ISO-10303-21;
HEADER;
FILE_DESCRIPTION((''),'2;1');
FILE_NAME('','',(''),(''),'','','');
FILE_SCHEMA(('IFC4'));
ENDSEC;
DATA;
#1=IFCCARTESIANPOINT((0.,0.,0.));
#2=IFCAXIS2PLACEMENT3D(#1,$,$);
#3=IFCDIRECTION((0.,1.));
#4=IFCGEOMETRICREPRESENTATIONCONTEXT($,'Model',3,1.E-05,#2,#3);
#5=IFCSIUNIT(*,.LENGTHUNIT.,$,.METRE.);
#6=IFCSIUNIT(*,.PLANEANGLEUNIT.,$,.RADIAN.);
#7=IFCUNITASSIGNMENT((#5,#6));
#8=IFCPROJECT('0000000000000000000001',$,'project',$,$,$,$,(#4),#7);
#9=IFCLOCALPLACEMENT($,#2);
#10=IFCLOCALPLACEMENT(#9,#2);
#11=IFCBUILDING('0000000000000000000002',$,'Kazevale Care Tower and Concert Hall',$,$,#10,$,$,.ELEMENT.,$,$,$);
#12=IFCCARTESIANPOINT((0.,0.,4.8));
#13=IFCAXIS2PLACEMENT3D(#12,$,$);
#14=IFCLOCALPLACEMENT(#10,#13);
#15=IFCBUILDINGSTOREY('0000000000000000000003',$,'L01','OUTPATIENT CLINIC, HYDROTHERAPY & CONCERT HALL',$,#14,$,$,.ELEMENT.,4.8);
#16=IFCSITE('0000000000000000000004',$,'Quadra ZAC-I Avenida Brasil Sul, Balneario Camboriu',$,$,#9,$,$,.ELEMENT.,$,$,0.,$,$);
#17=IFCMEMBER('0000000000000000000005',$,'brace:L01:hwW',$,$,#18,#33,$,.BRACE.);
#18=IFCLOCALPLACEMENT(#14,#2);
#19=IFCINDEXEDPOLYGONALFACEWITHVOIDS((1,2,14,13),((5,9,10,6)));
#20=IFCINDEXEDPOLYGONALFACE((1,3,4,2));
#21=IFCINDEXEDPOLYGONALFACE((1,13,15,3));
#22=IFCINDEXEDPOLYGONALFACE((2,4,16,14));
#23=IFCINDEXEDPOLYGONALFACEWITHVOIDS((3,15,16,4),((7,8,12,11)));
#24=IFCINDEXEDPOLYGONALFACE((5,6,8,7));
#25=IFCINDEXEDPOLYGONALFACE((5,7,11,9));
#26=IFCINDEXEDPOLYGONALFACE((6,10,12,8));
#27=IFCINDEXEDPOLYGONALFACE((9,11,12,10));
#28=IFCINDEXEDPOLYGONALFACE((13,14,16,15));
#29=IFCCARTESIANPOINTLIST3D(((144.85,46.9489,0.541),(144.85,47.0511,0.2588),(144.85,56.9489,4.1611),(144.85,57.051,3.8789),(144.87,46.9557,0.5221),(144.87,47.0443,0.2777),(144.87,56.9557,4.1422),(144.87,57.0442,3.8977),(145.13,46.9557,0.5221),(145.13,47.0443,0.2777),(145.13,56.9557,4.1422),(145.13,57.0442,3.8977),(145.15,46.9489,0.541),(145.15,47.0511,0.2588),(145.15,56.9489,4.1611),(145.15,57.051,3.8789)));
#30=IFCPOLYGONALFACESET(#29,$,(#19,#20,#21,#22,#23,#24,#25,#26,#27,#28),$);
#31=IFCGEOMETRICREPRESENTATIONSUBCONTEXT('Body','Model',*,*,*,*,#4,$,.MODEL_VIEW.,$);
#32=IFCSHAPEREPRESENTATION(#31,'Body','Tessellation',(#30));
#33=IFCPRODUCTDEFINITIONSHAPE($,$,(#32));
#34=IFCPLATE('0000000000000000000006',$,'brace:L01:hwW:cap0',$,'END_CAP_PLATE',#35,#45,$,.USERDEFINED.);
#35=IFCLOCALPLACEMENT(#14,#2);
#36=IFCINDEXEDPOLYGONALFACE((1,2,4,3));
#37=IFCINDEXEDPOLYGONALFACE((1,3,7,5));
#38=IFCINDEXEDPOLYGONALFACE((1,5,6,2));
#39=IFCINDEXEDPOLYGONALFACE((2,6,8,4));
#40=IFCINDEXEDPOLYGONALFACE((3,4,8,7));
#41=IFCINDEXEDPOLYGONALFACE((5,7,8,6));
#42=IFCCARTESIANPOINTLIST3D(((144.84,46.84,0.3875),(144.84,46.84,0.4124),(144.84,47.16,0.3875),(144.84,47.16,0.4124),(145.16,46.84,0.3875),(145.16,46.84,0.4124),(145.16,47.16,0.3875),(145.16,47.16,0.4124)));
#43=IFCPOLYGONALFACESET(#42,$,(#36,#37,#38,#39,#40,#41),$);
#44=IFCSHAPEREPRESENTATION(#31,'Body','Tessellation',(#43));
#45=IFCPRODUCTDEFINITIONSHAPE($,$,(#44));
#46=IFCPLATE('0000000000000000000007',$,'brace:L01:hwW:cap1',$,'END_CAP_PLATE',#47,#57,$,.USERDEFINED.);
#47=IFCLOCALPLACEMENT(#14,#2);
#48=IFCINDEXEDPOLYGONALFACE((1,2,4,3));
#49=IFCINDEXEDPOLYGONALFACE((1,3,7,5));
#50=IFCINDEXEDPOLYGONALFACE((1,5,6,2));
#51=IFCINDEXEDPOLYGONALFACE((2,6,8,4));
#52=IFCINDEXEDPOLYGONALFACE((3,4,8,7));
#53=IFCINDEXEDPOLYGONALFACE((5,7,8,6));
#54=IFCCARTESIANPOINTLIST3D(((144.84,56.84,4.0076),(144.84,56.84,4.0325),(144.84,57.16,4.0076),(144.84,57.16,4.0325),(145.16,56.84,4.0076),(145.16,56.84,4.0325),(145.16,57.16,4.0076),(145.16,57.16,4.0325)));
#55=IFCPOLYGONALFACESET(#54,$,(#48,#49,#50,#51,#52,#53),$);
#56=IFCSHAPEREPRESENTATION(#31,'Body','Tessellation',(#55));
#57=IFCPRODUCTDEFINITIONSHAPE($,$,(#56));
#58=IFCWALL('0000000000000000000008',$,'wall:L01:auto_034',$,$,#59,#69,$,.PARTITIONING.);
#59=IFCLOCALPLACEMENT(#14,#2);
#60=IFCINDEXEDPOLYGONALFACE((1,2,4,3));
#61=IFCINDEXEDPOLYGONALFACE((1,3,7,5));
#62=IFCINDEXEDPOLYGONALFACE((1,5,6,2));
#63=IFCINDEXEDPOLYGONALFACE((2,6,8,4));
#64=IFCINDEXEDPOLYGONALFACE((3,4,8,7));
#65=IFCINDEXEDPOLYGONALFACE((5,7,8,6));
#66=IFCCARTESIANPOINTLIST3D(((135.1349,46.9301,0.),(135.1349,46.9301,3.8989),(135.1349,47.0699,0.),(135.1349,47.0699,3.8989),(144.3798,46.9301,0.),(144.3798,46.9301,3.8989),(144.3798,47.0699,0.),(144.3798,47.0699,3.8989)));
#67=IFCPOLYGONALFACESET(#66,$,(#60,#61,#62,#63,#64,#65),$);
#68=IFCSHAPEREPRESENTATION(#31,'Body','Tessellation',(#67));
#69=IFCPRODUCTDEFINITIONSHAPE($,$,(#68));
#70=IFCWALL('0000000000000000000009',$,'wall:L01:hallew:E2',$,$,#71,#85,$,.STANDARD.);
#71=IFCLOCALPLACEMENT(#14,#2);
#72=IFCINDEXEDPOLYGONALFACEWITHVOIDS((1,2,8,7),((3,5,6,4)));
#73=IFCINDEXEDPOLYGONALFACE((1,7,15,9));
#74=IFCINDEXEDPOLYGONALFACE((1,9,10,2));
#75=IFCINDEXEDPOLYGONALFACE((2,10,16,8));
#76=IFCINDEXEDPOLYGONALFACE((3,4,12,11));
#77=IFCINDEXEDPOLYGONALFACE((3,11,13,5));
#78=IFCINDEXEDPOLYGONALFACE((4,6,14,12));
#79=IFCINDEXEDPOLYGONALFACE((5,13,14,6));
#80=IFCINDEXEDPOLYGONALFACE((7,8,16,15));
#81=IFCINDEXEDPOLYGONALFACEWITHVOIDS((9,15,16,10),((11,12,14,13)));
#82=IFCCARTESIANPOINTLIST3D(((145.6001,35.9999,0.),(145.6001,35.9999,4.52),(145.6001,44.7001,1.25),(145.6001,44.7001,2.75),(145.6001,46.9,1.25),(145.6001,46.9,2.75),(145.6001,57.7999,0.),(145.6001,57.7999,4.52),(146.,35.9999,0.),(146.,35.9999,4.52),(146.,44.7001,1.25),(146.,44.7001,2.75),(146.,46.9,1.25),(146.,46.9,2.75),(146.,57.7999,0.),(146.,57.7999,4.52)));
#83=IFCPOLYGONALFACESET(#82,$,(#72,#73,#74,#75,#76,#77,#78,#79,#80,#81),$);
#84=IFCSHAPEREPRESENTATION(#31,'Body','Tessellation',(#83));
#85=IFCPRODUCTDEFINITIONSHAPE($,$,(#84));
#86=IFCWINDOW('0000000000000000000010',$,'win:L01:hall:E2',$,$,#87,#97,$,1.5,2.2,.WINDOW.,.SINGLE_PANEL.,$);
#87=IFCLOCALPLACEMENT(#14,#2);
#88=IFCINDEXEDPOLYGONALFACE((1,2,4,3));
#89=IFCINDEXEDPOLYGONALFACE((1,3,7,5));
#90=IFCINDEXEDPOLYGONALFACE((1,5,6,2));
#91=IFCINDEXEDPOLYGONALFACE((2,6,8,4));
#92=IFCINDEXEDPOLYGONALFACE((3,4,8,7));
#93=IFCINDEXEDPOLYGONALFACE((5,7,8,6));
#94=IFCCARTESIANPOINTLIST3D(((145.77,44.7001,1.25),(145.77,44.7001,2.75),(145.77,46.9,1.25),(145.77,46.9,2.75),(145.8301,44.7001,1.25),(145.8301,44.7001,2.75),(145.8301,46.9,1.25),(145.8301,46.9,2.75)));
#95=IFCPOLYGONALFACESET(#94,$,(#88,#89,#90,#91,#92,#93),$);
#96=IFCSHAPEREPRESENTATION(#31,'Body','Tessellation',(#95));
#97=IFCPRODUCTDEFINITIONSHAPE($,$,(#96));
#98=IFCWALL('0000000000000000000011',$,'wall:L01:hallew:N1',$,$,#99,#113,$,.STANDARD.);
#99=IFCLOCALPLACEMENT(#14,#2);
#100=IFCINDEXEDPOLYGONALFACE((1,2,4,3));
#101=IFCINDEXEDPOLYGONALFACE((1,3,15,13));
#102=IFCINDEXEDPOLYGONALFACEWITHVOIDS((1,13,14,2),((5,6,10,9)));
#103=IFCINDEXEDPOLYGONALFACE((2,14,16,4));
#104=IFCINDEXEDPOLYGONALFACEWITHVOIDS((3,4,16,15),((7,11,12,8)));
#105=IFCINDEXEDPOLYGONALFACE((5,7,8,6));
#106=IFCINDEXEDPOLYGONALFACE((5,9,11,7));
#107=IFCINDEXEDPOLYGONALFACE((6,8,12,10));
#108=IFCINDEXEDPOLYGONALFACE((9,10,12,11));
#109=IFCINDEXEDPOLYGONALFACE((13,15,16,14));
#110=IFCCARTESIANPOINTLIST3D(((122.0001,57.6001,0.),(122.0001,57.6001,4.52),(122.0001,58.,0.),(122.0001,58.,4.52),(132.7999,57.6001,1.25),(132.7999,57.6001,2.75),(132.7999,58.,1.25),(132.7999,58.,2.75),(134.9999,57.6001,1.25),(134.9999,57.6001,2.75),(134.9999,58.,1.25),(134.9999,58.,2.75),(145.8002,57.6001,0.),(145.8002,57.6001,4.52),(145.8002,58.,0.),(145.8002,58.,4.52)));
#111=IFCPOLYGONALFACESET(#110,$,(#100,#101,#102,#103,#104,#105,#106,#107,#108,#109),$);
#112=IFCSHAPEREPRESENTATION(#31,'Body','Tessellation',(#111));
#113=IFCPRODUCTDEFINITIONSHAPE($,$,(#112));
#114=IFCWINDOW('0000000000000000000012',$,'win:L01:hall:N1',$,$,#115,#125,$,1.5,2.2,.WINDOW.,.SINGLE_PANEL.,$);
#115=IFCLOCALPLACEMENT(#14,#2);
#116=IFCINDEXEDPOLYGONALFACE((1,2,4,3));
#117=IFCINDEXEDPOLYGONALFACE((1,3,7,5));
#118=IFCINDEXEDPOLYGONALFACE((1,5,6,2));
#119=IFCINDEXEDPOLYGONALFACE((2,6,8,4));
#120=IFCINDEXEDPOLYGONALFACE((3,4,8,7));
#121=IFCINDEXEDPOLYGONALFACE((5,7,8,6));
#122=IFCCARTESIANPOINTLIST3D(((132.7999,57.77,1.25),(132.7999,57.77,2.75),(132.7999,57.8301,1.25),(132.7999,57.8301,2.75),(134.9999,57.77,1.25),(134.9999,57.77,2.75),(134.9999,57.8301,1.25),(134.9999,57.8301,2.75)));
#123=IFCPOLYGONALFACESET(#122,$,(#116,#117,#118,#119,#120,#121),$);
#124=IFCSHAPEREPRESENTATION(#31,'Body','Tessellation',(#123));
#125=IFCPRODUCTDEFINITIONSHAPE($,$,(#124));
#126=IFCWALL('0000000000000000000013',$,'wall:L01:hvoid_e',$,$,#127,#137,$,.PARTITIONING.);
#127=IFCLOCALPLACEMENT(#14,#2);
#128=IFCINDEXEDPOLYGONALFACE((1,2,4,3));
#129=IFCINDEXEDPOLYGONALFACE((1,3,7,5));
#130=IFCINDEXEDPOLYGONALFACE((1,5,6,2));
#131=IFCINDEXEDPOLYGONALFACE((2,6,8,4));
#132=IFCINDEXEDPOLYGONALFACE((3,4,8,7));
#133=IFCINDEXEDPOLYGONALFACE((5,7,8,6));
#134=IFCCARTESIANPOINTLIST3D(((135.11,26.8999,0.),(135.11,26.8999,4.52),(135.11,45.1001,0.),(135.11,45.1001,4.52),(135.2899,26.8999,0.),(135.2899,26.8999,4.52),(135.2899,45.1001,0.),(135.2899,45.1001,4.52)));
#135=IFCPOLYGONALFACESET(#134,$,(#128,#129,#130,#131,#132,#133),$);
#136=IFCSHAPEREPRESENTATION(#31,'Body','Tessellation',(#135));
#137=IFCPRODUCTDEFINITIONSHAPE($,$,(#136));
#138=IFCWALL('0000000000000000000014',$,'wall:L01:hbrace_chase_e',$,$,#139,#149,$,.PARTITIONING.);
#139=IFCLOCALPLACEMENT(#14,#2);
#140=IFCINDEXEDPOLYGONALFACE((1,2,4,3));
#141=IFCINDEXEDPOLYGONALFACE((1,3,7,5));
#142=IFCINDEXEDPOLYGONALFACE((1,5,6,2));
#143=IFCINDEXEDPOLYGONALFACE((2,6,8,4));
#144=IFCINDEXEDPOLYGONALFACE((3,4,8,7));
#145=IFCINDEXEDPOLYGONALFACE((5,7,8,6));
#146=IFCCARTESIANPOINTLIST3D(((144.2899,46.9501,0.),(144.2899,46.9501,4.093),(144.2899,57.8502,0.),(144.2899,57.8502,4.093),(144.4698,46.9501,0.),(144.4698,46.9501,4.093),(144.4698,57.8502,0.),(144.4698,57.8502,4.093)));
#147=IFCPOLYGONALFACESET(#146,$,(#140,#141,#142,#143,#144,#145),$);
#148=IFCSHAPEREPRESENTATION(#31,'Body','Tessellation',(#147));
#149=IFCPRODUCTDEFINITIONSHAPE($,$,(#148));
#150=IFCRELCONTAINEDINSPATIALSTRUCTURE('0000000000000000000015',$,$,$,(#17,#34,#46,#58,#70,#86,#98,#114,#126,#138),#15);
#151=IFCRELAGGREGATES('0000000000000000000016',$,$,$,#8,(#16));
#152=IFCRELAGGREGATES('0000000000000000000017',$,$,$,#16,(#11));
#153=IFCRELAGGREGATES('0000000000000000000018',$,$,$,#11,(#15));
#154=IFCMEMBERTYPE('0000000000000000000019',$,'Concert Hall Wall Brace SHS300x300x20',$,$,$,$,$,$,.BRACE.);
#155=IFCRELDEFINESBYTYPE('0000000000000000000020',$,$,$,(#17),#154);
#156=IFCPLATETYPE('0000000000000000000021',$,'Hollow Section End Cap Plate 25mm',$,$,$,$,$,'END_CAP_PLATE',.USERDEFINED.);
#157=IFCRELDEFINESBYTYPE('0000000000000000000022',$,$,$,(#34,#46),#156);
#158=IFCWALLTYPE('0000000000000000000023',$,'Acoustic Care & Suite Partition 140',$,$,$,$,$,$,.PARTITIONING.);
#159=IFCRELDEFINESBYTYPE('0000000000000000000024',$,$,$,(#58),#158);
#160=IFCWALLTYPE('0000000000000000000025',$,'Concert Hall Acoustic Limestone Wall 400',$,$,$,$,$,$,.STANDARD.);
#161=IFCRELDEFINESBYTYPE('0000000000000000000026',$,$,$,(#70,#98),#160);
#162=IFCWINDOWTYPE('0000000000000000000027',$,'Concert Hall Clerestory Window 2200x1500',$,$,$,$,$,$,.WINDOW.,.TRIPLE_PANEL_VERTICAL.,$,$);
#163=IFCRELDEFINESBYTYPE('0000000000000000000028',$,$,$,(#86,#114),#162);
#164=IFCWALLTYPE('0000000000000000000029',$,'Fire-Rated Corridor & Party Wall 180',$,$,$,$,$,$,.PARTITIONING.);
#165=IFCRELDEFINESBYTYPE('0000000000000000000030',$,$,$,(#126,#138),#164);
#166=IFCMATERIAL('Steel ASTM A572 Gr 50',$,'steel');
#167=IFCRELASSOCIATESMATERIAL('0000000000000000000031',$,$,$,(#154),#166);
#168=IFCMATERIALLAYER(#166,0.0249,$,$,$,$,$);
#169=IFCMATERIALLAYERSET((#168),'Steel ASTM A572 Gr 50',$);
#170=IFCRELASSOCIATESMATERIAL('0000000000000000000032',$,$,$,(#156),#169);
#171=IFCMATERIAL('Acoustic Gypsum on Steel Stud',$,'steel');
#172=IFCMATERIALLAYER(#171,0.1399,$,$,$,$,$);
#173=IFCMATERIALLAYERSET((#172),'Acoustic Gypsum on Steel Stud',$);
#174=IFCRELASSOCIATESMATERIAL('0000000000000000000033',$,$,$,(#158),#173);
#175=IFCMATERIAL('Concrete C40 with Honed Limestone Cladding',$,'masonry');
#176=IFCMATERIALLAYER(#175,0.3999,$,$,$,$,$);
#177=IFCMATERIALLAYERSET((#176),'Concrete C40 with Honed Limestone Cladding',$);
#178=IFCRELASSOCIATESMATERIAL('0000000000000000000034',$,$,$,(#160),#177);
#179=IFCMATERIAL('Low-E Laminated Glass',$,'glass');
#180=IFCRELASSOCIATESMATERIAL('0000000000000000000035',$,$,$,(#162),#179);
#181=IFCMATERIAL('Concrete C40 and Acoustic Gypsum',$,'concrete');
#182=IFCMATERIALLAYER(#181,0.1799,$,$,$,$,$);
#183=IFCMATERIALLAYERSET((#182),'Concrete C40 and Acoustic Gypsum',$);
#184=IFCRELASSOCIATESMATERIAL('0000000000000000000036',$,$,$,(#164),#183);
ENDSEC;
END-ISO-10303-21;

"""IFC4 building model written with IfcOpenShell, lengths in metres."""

from ifc_helpers import new_model, si_unit, direction, frame, frame_2d, origin, origin_2d, place, context, subcontext, project, spatial, rectangle, hollow_rectangle, extrude, material, layer, layer_set, material_profile, profile_set, type_object, element, fill, save


model = new_model("IFC4")

# Units and contexts
model_context = context("Model", 3, precision=1e-05, world=origin(), true_north=direction((0.0, 1.0)))
body_context = subcontext(model_context, "Body", "Model", "MODEL_VIEW")
ifc_project = project(units=[si_unit("LENGTHUNIT", "METRE"), si_unit("PLANEANGLEUNIT", "RADIAN")], contexts=[model_context])

# Site, building, storey
site_placement = place(None, origin())
site = spatial("IfcSite", under=ifc_project, at=site_placement, Name="Quadra ZAC-I Avenida Brasil Sul, Balneario Camboriu", CompositionType="ELEMENT", RefElevation=0.0)
building_placement = place(site_placement, origin())
building = spatial("IfcBuilding", under=site, at=building_placement, Name="Kazevale Care Tower and Concert Hall", CompositionType="ELEMENT")
storey_placement = place(building_placement, frame((0.0, 0.0, 4.8)))
storey = spatial("IfcBuildingStorey", under=building, at=storey_placement, Name="L01", Description="OUTPATIENT CLINIC, HYDROTHERAPY & CONCERT HALL", CompositionType="ELEMENT", Elevation=4.8)

# Shared definitions
ifc_material_1 = material(Name="Steel ASTM A572 Gr 50", Category="steel")

# Member
ifc_material_profile_1 = material_profile(ifc_material_1, hollow_rectangle(XDim=0.3, YDim=0.3, WallThickness=0.02, at=origin_2d()), Name="SHS300x300x20")
ifc_profile_set_1 = profile_set([ifc_material_profile_1], Name="Steel ASTM A572 Gr 50")
member_type = type_object("IfcMemberType", Name="Concert Hall Wall Brace SHS300x300x20", PredefinedType="BRACE", material=ifc_profile_set_1)
member_placement = place(storey_placement, frame((145.0, 47.0, 0.3999), z_axis=(0.0, 0.940283, 0.340393), x_axis=(-1.0, 0.0, 0.0)))
element("IfcMember", 1, at=member_placement, inside=storey, type_object=member_type, Name="brace:L01:hwW", PredefinedType="BRACE", context=body_context, shape_type="SweptSolid", body=[
    extrude(hollow_rectangle(XDim=0.3, YDim=0.3, WallThickness=0.02, at=origin_2d()), origin(), (0.0, 0.0, 1.0), 10.635),
])

# Plates
ifc_layer_1 = layer(ifc_material_1, 0.0249)
ifc_layer_set_1 = layer_set([ifc_layer_1], Name="Steel ASTM A572 Gr 50")
plate_type = type_object("IfcPlateType", Name="Hollow Section End Cap Plate 25mm", ElementType="END_CAP_PLATE", PredefinedType="USERDEFINED", material=ifc_layer_set_1)
for number, where, z_axis, x_axis, name in (
    (2, (145.0, 47.0, 0.3875), (0.0, 0.0, 1.0), (1.0, 0.0, 0.0), "brace:L01:hwW:cap0"),
    (3, (145.0, 57.0, 4.0076), (0.0, 0.0, 1.0), (1.0, 0.0, 0.0), "brace:L01:hwW:cap1"),
):
    element("IfcPlate", number, at=place(storey_placement, frame(where, z_axis=z_axis, x_axis=x_axis)), inside=storey, type_object=plate_type, Name=name, ObjectType="END_CAP_PLATE", PredefinedType="USERDEFINED", context=body_context, shape_type="SweptSolid", body=[
        extrude(rectangle(XDim=0.3201, YDim=0.3201, at=origin_2d()), origin(), (0.0, 0.0, 1.0), 0.0249),
    ])

# Wall
ifc_material_2 = material(Name="Acoustic Gypsum on Steel Stud", Category="steel")
ifc_layer_2 = layer(ifc_material_2, 0.1399)
ifc_layer_set_2 = layer_set([ifc_layer_2], Name="Acoustic Gypsum on Steel Stud")
wall_type_1 = type_object("IfcWallType", Name="Acoustic Care & Suite Partition 140", PredefinedType="PARTITIONING", material=ifc_layer_set_2)
wall_1_placement = place(storey_placement, frame((144.3799, 47.0, 0.0), z_axis=(0.0, 0.0, 1.0), x_axis=(-1.0, 0.0, 0.0)))
element("IfcWall", 4, at=wall_1_placement, inside=storey, type_object=wall_type_1, Name="wall:L01:auto_034", PredefinedType="PARTITIONING", context=body_context, shape_type="SweptSolid", body=[
    extrude(rectangle(XDim=9.2449, YDim=0.1399, at=frame_2d((4.6226, 0.0))), origin(), (0.0, 0.0, 1.0), 3.8989),
])

# Walls, openings, windows
ifc_material_3 = material(Name="Concrete C40 with Honed Limestone Cladding", Category="masonry")
ifc_layer_3 = layer(ifc_material_3, 0.3999)
ifc_layer_set_3 = layer_set([ifc_layer_3], Name="Concrete C40 with Honed Limestone Cladding")
wall_type_2 = type_object("IfcWallType", Name="Concert Hall Acoustic Limestone Wall 400", PredefinedType="STANDARD", material=ifc_layer_set_3)
wall_2_placement = place(storey_placement, frame((145.8, 36.0, 0.0), z_axis=(0.0, 0.0, 1.0), x_axis=(0.0, 1.0, 0.0)))
wall_2 = element("IfcWall", 5, at=wall_2_placement, inside=storey, type_object=wall_type_2, Name="wall:L01:hallew:E2", PredefinedType="STANDARD", context=body_context, shape_type="SweptSolid", body=[
    extrude(rectangle(XDim=21.8, YDim=0.3999, at=frame_2d((10.8999, 0.0))), origin(), (0.0, 0.0, 1.0), 4.52),
])
opening_1_placement = place(wall_2_placement, frame((8.7, 0.0, 1.25)))
opening_1 = element("IfcOpeningElement", 6, at=opening_1_placement, cuts=wall_2, PredefinedType="OPENING", context=body_context, shape_type="SweptSolid", body=[
    extrude(rectangle(XDim=2.2, YDim=1.5, at=frame_2d((1.1001, 0.75))), frame((0.0, 0.21, 0.0), z_axis=(0.0, -1.0, 0.0), x_axis=(1.0, 0.0, 0.0)), (0.0, 0.0, 1.0), 0.4199),
])
ifc_material_4 = material(Name="Low-E Laminated Glass", Category="glass")
window_type = type_object("IfcWindowType", Name="Concert Hall Clerestory Window 2200x1500", PartitioningType="TRIPLE_PANEL_VERTICAL", PredefinedType="WINDOW", material=ifc_material_4)
window_1_placement = place(opening_1_placement, origin())
window_1 = element("IfcWindow", 7, at=window_1_placement, inside=storey, type_object=window_type, Name="win:L01:hall:E2", OverallHeight=1.5, OverallWidth=2.2, PartitioningType="SINGLE_PANEL", PredefinedType="WINDOW", context=body_context, shape_type="SweptSolid", body=[
    extrude(rectangle(XDim=2.2, YDim=1.5, at=frame_2d((1.1001, 0.75))), frame((0.0, 0.03, 0.0), z_axis=(0.0, -1.0, 0.0), x_axis=(1.0, 0.0, 0.0)), (0.0, 0.0, 1.0), 0.0601),
])
fill(opening_1, window_1)
wall_3_placement = place(storey_placement, frame((145.8, 57.8, 0.0), z_axis=(0.0, 0.0, 1.0), x_axis=(-1.0, 0.0, 0.0)))
wall_3 = element("IfcWall", 8, at=wall_3_placement, inside=storey, type_object=wall_type_2, Name="wall:L01:hallew:N1", PredefinedType="STANDARD", context=body_context, shape_type="SweptSolid", body=[
    extrude(rectangle(XDim=23.8, YDim=0.3999, at=frame_2d((11.8999, 0.0))), origin(), (0.0, 0.0, 1.0), 4.52),
])
opening_2_placement = place(wall_3_placement, frame((10.8, 0.0, 1.25)))
opening_2 = element("IfcOpeningElement", 9, at=opening_2_placement, cuts=wall_3, PredefinedType="OPENING", context=body_context, shape_type="SweptSolid", body=[
    extrude(rectangle(XDim=2.2, YDim=1.5, at=frame_2d((1.1001, 0.75))), frame((0.0, 0.21, 0.0), z_axis=(0.0, -1.0, 0.0), x_axis=(1.0, 0.0, 0.0)), (0.0, 0.0, 1.0), 0.4199),
])
window_2_placement = place(opening_2_placement, origin())
window_2 = element("IfcWindow", 10, at=window_2_placement, inside=storey, type_object=window_type, Name="win:L01:hall:N1", OverallHeight=1.5, OverallWidth=2.2, PartitioningType="SINGLE_PANEL", PredefinedType="WINDOW", context=body_context, shape_type="SweptSolid", body=[
    extrude(rectangle(XDim=2.2, YDim=1.5, at=frame_2d((1.1001, 0.75))), frame((0.0, 0.03, 0.0), z_axis=(0.0, -1.0, 0.0), x_axis=(1.0, 0.0, 0.0)), (0.0, 0.0, 1.0), 0.0601),
])
fill(opening_2, window_2)

# Walls
ifc_material_5 = material(Name="Concrete C40 and Acoustic Gypsum", Category="concrete")
ifc_layer_4 = layer(ifc_material_5, 0.1799)
ifc_layer_set_4 = layer_set([ifc_layer_4], Name="Concrete C40 and Acoustic Gypsum")
wall_type_3 = type_object("IfcWallType", Name="Fire-Rated Corridor & Party Wall 180", PredefinedType="PARTITIONING", material=ifc_layer_set_4)
wall_4_placement = place(storey_placement, frame((135.2, 26.8999, 0.0), z_axis=(0.0, 0.0, 1.0), x_axis=(0.0, 1.0, 0.0)))
element("IfcWall", 11, at=wall_4_placement, inside=storey, type_object=wall_type_3, Name="wall:L01:hvoid_e", PredefinedType="PARTITIONING", context=body_context, shape_type="SweptSolid", body=[
    extrude(rectangle(XDim=18.2002, YDim=0.1799, at=frame_2d((9.1001, 0.0))), origin(), (0.0, 0.0, 1.0), 4.52),
])
wall_5_placement = place(storey_placement, frame((144.3799, 46.95, 0.0), z_axis=(0.0, 0.0, 1.0), x_axis=(0.0, 1.0, 0.0)))
element("IfcWall", 12, at=wall_5_placement, inside=storey, type_object=wall_type_3, Name="wall:L01:hbrace_chase_e", PredefinedType="PARTITIONING", context=body_context, shape_type="SweptSolid", body=[
    extrude(rectangle(XDim=10.9001, YDim=0.1799, at=frame_2d((5.4502, 0.0))), origin(), (0.0, 0.0, 1.0), 4.093),
])

save(model, "model.ifc")
